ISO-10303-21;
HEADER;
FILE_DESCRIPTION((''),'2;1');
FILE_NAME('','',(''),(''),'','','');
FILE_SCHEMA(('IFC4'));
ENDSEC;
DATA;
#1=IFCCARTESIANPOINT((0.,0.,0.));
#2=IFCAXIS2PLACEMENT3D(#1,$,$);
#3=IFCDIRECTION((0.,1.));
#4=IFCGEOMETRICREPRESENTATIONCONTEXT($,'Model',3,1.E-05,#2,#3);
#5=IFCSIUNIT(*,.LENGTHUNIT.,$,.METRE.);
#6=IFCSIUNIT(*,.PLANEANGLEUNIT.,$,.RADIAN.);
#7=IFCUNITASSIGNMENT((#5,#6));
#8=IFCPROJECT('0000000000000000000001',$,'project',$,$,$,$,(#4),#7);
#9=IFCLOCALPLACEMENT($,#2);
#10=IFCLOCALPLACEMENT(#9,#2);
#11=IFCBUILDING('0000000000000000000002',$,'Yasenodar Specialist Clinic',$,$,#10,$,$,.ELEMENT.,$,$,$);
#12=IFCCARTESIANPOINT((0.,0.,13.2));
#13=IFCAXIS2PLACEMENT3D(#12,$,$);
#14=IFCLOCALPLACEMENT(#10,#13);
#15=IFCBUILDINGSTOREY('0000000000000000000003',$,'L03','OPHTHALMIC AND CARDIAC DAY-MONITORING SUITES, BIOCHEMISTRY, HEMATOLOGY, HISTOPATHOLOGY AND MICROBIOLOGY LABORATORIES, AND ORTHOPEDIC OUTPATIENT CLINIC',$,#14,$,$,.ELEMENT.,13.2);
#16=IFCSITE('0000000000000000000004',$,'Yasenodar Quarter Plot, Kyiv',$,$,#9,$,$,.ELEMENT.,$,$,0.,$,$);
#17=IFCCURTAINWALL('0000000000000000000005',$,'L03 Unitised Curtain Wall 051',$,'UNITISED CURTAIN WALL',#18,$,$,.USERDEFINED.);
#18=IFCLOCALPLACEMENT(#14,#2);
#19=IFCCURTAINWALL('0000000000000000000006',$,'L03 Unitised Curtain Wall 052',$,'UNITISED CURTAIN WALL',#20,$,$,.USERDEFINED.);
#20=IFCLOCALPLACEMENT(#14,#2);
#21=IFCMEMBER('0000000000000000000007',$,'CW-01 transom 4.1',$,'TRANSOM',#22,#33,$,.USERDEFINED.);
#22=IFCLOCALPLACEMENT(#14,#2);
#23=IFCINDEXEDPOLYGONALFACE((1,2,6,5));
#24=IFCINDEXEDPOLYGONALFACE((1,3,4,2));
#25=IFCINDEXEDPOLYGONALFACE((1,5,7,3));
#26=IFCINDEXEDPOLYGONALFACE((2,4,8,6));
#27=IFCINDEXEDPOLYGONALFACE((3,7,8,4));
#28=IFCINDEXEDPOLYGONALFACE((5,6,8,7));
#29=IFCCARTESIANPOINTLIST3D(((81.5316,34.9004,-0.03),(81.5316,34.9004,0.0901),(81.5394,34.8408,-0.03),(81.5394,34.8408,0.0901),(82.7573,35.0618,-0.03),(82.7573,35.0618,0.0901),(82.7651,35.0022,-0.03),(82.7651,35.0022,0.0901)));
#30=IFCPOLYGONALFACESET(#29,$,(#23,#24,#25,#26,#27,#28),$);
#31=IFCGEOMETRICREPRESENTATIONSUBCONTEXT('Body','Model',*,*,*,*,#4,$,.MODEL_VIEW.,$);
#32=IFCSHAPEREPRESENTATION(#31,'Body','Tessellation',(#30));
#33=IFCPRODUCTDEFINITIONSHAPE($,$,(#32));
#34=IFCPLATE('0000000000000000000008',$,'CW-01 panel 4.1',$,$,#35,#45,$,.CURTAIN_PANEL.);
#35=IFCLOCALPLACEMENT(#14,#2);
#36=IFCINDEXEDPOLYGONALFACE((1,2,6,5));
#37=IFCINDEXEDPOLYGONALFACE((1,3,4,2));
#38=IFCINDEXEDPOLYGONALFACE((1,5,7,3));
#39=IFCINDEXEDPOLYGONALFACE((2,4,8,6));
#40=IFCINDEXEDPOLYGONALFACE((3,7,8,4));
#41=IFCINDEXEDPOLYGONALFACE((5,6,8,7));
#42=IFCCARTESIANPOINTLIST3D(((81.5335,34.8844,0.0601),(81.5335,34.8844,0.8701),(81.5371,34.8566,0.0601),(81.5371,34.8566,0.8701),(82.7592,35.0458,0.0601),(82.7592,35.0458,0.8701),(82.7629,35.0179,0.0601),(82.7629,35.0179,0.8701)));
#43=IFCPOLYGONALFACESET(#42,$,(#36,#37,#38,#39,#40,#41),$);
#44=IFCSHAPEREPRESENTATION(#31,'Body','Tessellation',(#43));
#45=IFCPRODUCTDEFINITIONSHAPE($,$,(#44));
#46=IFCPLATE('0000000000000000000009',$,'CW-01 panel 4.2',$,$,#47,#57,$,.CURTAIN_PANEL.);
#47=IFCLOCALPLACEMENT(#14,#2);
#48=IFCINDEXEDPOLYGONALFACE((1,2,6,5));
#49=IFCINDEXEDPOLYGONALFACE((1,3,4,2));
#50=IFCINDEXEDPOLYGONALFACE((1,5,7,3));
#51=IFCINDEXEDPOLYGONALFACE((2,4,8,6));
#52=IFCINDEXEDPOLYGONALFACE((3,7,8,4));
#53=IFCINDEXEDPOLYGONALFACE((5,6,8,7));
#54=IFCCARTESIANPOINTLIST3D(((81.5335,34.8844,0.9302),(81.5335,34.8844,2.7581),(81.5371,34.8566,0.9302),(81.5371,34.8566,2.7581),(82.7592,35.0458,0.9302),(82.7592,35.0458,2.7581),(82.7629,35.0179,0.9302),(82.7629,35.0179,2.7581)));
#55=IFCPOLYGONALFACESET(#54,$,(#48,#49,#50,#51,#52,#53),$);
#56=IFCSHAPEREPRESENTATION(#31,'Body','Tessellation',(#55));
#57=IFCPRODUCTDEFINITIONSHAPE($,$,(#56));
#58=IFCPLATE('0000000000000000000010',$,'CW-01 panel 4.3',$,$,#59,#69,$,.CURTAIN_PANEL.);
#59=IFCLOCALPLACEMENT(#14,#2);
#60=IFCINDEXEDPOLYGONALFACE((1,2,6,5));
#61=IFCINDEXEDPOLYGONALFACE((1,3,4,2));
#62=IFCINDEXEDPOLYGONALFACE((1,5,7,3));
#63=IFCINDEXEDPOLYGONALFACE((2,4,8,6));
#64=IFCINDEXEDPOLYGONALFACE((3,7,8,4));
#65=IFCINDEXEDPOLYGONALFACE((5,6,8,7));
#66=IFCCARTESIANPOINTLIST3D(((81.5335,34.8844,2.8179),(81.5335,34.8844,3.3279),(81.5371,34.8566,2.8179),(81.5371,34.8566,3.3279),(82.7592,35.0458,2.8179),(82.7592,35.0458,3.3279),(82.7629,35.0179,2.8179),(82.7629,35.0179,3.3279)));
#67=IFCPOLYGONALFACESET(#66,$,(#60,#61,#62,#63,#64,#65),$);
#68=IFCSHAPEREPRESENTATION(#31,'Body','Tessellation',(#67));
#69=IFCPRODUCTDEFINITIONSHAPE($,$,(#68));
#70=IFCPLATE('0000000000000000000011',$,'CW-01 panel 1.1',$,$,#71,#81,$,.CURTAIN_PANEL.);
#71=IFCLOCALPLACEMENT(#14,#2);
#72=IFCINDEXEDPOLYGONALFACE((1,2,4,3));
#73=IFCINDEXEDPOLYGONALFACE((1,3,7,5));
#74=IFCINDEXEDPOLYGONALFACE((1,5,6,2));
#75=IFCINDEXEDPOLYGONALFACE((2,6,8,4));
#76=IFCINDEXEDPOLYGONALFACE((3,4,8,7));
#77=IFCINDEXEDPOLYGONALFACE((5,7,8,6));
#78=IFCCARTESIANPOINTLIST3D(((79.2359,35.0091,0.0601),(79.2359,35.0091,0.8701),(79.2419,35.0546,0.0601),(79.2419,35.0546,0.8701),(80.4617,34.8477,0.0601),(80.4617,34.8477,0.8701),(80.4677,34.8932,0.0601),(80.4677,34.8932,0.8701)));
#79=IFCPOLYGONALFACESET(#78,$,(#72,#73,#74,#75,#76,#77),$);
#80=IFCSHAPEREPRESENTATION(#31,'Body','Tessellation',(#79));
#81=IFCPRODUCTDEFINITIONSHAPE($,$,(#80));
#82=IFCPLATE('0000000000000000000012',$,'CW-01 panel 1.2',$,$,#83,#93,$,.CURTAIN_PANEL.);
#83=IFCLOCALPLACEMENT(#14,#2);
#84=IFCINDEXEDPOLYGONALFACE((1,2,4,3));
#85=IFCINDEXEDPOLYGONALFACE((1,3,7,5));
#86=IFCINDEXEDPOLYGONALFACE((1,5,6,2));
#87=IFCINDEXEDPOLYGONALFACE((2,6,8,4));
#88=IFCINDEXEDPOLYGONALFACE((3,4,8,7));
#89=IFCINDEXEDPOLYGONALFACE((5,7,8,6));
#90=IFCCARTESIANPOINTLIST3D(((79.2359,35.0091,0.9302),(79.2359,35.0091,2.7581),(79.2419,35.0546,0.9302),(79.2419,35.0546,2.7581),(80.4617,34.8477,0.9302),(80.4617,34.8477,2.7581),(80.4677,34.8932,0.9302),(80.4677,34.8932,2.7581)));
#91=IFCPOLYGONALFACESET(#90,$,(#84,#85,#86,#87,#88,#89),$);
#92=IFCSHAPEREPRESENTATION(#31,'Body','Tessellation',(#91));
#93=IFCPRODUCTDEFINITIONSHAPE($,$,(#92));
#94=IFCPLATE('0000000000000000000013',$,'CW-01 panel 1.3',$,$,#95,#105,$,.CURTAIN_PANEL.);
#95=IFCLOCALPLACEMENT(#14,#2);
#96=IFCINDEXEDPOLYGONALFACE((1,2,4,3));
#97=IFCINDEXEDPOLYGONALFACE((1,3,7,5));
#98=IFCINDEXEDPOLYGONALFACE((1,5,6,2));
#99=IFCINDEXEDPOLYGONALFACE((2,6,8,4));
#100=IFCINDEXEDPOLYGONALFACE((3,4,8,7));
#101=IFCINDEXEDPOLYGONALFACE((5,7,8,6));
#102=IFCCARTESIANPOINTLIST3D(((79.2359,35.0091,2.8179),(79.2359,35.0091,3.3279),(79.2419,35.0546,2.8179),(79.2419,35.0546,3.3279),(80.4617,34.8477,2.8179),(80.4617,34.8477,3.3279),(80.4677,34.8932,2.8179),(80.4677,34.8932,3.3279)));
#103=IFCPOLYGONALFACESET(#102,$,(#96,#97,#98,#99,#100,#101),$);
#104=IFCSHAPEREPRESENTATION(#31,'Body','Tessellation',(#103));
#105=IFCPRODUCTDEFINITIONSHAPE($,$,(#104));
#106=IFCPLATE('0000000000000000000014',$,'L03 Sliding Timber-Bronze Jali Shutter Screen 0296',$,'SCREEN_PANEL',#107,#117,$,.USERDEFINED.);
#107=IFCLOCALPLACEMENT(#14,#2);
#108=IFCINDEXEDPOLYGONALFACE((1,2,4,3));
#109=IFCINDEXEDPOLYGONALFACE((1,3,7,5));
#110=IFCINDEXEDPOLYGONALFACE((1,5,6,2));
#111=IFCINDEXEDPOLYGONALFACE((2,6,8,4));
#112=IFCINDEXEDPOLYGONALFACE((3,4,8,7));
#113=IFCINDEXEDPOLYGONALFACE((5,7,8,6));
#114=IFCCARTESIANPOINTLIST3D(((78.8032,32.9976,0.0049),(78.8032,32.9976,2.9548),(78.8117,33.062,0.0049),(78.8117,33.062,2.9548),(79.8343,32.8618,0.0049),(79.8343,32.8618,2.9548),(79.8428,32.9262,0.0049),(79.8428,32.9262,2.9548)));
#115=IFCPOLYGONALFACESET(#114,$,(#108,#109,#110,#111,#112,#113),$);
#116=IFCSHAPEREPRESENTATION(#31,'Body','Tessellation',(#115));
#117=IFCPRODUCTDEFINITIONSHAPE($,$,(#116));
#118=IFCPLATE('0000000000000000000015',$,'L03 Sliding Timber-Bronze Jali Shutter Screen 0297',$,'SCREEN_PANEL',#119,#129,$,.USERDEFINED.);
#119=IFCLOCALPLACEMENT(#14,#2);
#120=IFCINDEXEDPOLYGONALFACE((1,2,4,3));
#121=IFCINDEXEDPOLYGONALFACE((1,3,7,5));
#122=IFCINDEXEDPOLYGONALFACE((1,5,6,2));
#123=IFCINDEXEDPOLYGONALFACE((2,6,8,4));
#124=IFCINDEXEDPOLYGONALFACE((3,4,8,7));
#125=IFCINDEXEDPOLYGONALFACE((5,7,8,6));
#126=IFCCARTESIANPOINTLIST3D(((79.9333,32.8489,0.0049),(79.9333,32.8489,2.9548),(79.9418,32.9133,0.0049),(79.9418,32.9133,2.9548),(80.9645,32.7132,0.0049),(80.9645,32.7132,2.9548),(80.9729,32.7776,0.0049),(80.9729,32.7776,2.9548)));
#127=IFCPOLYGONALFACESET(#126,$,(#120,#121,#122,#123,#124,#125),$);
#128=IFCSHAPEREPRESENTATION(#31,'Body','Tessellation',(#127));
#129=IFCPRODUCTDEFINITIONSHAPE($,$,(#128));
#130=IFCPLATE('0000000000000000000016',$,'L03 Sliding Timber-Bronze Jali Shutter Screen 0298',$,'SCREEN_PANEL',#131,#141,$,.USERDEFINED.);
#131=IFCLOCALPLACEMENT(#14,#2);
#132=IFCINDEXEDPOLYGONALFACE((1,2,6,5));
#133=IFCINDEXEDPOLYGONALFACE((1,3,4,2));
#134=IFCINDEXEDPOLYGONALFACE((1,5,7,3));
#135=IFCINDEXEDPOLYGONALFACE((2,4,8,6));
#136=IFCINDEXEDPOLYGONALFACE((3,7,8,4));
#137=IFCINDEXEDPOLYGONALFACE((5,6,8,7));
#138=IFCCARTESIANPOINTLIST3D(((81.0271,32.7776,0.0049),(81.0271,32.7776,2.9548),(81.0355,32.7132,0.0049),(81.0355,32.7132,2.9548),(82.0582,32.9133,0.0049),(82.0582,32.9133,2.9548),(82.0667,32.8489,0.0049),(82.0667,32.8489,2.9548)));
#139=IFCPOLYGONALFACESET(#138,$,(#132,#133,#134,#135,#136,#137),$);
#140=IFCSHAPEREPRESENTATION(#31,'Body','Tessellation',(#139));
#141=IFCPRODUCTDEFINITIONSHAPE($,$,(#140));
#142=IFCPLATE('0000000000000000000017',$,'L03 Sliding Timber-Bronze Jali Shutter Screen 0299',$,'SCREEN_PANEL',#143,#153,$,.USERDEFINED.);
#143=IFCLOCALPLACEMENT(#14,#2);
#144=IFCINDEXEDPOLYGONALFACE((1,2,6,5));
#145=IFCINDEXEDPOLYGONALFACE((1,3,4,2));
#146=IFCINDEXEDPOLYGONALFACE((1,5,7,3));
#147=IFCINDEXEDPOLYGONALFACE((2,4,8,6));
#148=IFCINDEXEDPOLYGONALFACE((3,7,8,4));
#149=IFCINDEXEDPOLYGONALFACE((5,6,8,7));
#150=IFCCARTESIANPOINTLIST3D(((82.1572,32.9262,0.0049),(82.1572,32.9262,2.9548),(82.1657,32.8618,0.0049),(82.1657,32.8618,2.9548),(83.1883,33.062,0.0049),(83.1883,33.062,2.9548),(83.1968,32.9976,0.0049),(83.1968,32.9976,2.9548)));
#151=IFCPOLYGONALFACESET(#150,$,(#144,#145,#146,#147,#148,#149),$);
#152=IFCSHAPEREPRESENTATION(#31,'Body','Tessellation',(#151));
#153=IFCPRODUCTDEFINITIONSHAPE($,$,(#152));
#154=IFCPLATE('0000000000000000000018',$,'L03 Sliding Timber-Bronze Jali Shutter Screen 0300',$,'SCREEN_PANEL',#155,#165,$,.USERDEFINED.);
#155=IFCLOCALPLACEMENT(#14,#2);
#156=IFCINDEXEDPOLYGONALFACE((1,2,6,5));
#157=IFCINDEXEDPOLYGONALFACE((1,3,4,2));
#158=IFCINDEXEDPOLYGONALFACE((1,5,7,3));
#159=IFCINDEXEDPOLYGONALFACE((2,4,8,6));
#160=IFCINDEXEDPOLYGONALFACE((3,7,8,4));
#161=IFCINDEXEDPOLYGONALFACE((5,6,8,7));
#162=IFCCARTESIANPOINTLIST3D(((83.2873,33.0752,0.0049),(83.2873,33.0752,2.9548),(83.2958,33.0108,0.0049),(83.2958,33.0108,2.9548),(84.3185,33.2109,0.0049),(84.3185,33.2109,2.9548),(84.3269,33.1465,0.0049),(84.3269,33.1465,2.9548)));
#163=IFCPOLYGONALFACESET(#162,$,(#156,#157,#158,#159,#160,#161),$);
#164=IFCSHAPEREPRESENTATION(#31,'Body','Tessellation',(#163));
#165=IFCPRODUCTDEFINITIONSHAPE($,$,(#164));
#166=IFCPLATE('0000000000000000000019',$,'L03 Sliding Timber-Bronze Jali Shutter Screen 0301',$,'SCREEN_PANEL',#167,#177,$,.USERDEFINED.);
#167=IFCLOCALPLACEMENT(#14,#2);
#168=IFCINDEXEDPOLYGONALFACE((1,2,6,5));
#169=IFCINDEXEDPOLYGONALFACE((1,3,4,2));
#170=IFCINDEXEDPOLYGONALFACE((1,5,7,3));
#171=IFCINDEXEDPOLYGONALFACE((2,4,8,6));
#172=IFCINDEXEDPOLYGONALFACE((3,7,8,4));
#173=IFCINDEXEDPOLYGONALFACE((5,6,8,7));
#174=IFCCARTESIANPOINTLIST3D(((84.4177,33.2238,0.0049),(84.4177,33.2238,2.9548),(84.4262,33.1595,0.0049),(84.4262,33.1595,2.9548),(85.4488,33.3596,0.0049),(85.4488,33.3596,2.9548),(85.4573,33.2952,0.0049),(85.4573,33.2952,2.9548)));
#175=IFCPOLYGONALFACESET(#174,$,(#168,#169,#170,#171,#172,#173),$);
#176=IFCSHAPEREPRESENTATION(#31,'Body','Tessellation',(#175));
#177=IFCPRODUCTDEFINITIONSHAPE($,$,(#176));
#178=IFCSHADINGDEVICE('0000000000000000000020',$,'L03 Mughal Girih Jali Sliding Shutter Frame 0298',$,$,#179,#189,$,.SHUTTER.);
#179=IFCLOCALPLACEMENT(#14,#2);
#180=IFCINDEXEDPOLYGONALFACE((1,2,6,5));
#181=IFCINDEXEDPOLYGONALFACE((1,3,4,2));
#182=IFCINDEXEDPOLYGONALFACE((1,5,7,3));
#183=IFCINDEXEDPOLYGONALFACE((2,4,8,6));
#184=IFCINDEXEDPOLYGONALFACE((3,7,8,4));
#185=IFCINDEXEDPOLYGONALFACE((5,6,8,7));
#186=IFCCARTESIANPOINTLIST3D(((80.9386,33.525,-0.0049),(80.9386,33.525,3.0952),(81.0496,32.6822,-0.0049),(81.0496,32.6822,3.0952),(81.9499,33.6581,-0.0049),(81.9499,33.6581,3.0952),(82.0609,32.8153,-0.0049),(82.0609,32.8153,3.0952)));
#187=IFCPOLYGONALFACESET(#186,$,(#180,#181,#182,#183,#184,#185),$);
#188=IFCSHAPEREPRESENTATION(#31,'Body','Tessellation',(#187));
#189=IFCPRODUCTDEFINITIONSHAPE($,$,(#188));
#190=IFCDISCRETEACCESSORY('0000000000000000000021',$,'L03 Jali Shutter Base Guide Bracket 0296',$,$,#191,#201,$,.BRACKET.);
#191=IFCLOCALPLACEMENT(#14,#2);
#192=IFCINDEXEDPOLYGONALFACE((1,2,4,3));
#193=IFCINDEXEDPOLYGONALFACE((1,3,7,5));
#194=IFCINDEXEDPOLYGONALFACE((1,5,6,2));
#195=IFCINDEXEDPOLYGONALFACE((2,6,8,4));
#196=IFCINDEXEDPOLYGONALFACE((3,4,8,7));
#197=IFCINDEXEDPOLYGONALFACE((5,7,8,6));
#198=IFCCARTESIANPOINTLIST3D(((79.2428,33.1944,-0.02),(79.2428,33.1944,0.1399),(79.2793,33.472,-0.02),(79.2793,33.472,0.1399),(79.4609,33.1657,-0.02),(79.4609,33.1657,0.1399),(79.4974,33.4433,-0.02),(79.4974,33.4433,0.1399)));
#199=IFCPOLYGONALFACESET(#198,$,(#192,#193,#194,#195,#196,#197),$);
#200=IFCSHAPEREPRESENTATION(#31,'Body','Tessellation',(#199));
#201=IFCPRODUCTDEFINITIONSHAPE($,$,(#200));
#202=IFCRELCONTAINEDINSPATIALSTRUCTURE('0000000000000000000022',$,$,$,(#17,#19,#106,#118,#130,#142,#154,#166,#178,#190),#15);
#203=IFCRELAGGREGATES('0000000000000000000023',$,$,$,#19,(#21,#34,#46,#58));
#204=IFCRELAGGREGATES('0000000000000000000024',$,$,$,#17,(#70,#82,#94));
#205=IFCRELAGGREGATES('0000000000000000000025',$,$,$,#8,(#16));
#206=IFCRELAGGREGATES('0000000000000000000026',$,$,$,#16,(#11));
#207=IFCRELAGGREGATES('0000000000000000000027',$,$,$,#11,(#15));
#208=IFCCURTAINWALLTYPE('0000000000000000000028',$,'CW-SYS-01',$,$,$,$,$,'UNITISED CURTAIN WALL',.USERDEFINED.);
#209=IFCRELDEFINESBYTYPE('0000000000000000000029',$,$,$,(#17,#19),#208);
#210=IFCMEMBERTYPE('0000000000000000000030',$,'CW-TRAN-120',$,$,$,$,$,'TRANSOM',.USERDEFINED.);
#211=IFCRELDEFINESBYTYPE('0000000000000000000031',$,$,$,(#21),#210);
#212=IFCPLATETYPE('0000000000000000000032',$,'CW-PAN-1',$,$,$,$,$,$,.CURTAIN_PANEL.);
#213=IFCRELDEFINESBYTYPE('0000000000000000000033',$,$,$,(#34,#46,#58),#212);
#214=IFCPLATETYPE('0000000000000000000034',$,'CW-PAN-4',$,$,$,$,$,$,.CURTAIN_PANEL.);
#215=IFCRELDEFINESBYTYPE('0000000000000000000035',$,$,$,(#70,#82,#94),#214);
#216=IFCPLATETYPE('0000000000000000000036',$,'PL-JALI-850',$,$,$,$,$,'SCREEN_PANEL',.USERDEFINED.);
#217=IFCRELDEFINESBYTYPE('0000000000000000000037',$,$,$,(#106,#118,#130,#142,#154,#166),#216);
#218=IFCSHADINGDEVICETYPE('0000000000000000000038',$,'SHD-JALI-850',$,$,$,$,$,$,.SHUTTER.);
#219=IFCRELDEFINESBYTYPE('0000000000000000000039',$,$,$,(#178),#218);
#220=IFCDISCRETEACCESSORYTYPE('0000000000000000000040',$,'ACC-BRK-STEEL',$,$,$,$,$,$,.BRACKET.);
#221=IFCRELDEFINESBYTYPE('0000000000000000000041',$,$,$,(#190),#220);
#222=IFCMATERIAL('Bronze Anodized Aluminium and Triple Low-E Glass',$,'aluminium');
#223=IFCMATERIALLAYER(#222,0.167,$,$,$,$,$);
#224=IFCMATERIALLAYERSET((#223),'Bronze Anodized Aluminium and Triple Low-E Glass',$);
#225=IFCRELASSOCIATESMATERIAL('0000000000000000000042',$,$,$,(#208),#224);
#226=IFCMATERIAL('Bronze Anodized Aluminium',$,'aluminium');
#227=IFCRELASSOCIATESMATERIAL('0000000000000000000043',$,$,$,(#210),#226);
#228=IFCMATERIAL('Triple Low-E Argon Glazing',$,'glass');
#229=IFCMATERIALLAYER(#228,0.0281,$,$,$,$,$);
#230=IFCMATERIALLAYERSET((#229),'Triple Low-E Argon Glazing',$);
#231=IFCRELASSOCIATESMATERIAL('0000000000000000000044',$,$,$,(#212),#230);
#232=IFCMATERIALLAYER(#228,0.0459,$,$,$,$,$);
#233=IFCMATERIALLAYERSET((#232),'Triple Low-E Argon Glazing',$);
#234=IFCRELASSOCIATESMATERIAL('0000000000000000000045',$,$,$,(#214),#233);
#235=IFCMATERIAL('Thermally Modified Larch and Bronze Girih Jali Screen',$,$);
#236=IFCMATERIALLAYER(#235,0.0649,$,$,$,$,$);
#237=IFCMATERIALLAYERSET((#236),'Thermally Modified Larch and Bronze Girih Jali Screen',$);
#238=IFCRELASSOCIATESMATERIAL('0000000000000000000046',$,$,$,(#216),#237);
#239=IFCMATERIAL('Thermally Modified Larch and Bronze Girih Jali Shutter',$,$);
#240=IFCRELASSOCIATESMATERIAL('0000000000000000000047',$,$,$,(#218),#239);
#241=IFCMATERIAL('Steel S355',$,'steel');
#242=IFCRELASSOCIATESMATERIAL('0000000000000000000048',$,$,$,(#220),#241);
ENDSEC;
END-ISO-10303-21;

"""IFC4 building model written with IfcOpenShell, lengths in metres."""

from ifc_helpers import new_model, si_unit, direction, frame, origin, origin_2d, place, context, subcontext, project, spatial, rectangle, extrude, material, layer, layer_set, material_profile, profile_set, type_object, element, aggregate, save


model = new_model("IFC4")

# Units and contexts
model_context = context("Model", 3, precision=1e-05, world=origin(), true_north=direction((0.0, 1.0)))
body_context = subcontext(model_context, "Body", "Model", "MODEL_VIEW")
ifc_project = project(units=[si_unit("LENGTHUNIT", "METRE"), si_unit("PLANEANGLEUNIT", "RADIAN")], contexts=[model_context])

# Site, building, storey
site_placement = place(None, origin())
site = spatial("IfcSite", under=ifc_project, at=site_placement, Name="Yasenodar Quarter Plot, Kyiv", CompositionType="ELEMENT", RefElevation=0.0)
building_placement = place(site_placement, origin())
building = spatial("IfcBuilding", under=site, at=building_placement, Name="Yasenodar Specialist Clinic", CompositionType="ELEMENT")
storey_placement = place(building_placement, frame((0.0, 0.0, 13.2)))
storey = spatial("IfcBuildingStorey", under=building, at=storey_placement, Name="L03", Description="OPHTHALMIC AND CARDIAC DAY-MONITORING SUITES, BIOCHEMISTRY, HEMATOLOGY, HISTOPATHOLOGY AND MICROBIOLOGY LABORATORIES, AND ORTHOPEDIC OUTPATIENT CLINIC", CompositionType="ELEMENT", Elevation=13.2)

# Shared definitions
ifc_material_1 = material(Name="Steel S355", Category="steel")

# Curtain walls
ifc_material_2 = material(Name="Bronze Anodized Aluminium and Triple Low-E Glass", Category="aluminium")
ifc_layer_1 = layer(ifc_material_2, 0.167)
ifc_layer_set_1 = layer_set([ifc_layer_1], Name="Bronze Anodized Aluminium and Triple Low-E Glass")
curtain_wall_type = type_object("IfcCurtainWallType", Name="CW-SYS-01", ElementType="UNITISED CURTAIN WALL", PredefinedType="USERDEFINED", material=ifc_layer_set_1)
curtain_wall_1_placement = place(storey_placement, origin())
curtain_wall_1 = element("IfcCurtainWall", 1, at=curtain_wall_1_placement, inside=storey, type_object=curtain_wall_type, Name="L03 Unitised Curtain Wall 051", ObjectType="UNITISED CURTAIN WALL", PredefinedType="USERDEFINED")
ifc_material_3 = material(Name="Bronze Anodized Aluminium", Category="aluminium")
curtain_wall_2_placement = place(storey_placement, origin())
curtain_wall_2 = element("IfcCurtainWall", 2, at=curtain_wall_2_placement, inside=storey, type_object=curtain_wall_type, Name="L03 Unitised Curtain Wall 052", ObjectType="UNITISED CURTAIN WALL", PredefinedType="USERDEFINED")

# Member
ifc_material_profile_1 = material_profile(ifc_material_3, rectangle(XDim=0.0601, YDim=0.1201, at=origin_2d()), Name="CW-TRAN 60x120")
ifc_profile_set_1 = profile_set([ifc_material_profile_1], Name="Bronze Anodized Aluminium")
member_type_1 = type_object("IfcMemberType", Name="CW-TRAN-120", ElementType="TRANSOM", PredefinedType="USERDEFINED", material=ifc_profile_set_1)
member_1_placement = place(storey_placement, frame((82.7612, 35.032, 0.03), z_axis=(-0.991446, -0.130521, 0.0), x_axis=(0.130521, -0.991446, 0.0)))
member_1 = element("IfcMember", 3, at=member_1_placement, type_object=member_type_1, Name="CW-01 transom 4.1", ObjectType="TRANSOM", PredefinedType="USERDEFINED", context=body_context, shape_type="SweptSolid", body=[
    extrude(rectangle(XDim=0.0601, YDim=0.1201, at=origin_2d()), origin(), (0.0, 0.0, 1.0), 1.2363),
])

# Plates
ifc_material_4 = material(Name="Triple Low-E Argon Glazing", Category="glass")
ifc_layer_2 = layer(ifc_material_4, 0.0281)
ifc_layer_set_2 = layer_set([ifc_layer_2], Name="Triple Low-E Argon Glazing")
plate_type_1 = type_object("IfcPlateType", Name="CW-PAN-1", PredefinedType="CURTAIN_PANEL", material=ifc_layer_set_2)
plate_1_placement = place(storey_placement, frame((82.1482, 34.9512, 0.0601), z_axis=(0.0, 0.0, 1.0), x_axis=(-0.991447, -0.130512, 0.0)))
plate_1 = element("IfcPlate", 4, at=plate_1_placement, type_object=plate_type_1, Name="CW-01 panel 4.1", PredefinedType="CURTAIN_PANEL", context=body_context, shape_type="SweptSolid", body=[
    extrude(rectangle(XDim=1.2363, YDim=0.0281, at=origin_2d()), origin(), (0.0, 0.0, 1.0), 0.8101),
])
plate_2_placement = place(storey_placement, frame((82.1482, 34.9512, 0.9302), z_axis=(0.0, 0.0, 1.0), x_axis=(-0.991447, -0.130512, 0.0)))
plate_2 = element("IfcPlate", 5, at=plate_2_placement, type_object=plate_type_1, Name="CW-01 panel 4.2", PredefinedType="CURTAIN_PANEL", context=body_context, shape_type="SweptSolid", body=[
    extrude(rectangle(XDim=1.2363, YDim=0.0281, at=origin_2d()), origin(), (0.0, 0.0, 1.0), 1.8279),
])
plate_3_placement = place(storey_placement, frame((82.1482, 34.9512, 2.8179), z_axis=(0.0, 0.0, 1.0), x_axis=(-0.991447, -0.130512, 0.0)))
plate_3 = element("IfcPlate", 6, at=plate_3_placement, type_object=plate_type_1, Name="CW-01 panel 4.3", PredefinedType="CURTAIN_PANEL", context=body_context, shape_type="SweptSolid", body=[
    extrude(rectangle(XDim=1.2363, YDim=0.0281, at=origin_2d()), origin(), (0.0, 0.0, 1.0), 0.51),
])
aggregate(curtain_wall_2, [member_1, plate_1, plate_2, plate_3])
ifc_layer_3 = layer(ifc_material_4, 0.0459)
ifc_layer_set_3 = layer_set([ifc_layer_3], Name="Triple Low-E Argon Glazing")
plate_type_2 = type_object("IfcPlateType", Name="CW-PAN-4", PredefinedType="CURTAIN_PANEL", material=ifc_layer_set_3)
plate_4_placement = place(storey_placement, frame((79.8518, 34.9512, 0.0601), z_axis=(0.0, 0.0, 1.0), x_axis=(-0.991447, 0.130512, 0.0)))
plate_4 = element("IfcPlate", 7, at=plate_4_placement, type_object=plate_type_2, Name="CW-01 panel 1.1", PredefinedType="CURTAIN_PANEL", context=body_context, shape_type="SweptSolid", body=[
    extrude(rectangle(XDim=1.2363, YDim=0.0459, at=origin_2d()), origin(), (0.0, 0.0, 1.0), 0.8101),
])
plate_5_placement = place(storey_placement, frame((79.8518, 34.9512, 0.9302), z_axis=(0.0, 0.0, 1.0), x_axis=(-0.991447, 0.130512, 0.0)))
plate_5 = element("IfcPlate", 8, at=plate_5_placement, type_object=plate_type_2, Name="CW-01 panel 1.2", PredefinedType="CURTAIN_PANEL", context=body_context, shape_type="SweptSolid", body=[
    extrude(rectangle(XDim=1.2363, YDim=0.0459, at=origin_2d()), origin(), (0.0, 0.0, 1.0), 1.8279),
])
plate_6_placement = place(storey_placement, frame((79.8518, 34.9512, 2.8179), z_axis=(0.0, 0.0, 1.0), x_axis=(-0.991447, 0.130512, 0.0)))
plate_6 = element("IfcPlate", 9, at=plate_6_placement, type_object=plate_type_2, Name="CW-01 panel 1.3", PredefinedType="CURTAIN_PANEL", context=body_context, shape_type="SweptSolid", body=[
    extrude(rectangle(XDim=1.2363, YDim=0.0459, at=origin_2d()), origin(), (0.0, 0.0, 1.0), 0.51),
])
aggregate(curtain_wall_1, [plate_4, plate_5, plate_6])

# Plates
ifc_material_5 = material(Name="Thermally Modified Larch and Bronze Girih Jali Screen")
ifc_layer_4 = layer(ifc_material_5, 0.0649)
ifc_layer_set_4 = layer_set([ifc_layer_4], Name="Thermally Modified Larch and Bronze Girih Jali Screen")
plate_type_3 = type_object("IfcPlateType", Name="PL-JALI-850", ElementType="SCREEN_PANEL", PredefinedType="USERDEFINED", material=ifc_layer_set_4)
for number, where, z_axis, x_axis, name in (
    (10, (79.323, 32.9619, 0.0049), (0.0, 0.0, 1.0), (0.991446, -0.130519, 0.0), "L03 Sliding Timber-Bronze Jali Shutter Screen 0296"),
    (11, (80.4531, 32.8132, 0.0049), (0.0, 0.0, 1.0), (0.991446, -0.130519, 0.0), "L03 Sliding Timber-Bronze Jali Shutter Screen 0297"),
    (12, (81.5469, 32.8132, 0.0049), (0.0, 0.0, 1.0), (0.991446, 0.130519, 0.0), "L03 Sliding Timber-Bronze Jali Shutter Screen 0298"),
    (13, (82.677, 32.9619, 0.0049), (0.0, 0.0, 1.0), (0.991446, 0.130519, 0.0), "L03 Sliding Timber-Bronze Jali Shutter Screen 0299"),
    (14, (83.8071, 33.1108, 0.0049), (0.0, 0.0, 1.0), (0.991446, 0.130519, 0.0), "L03 Sliding Timber-Bronze Jali Shutter Screen 0300"),
    (15, (84.9375, 33.2595, 0.0049), (0.0, 0.0, 1.0), (0.991446, 0.130519, 0.0), "L03 Sliding Timber-Bronze Jali Shutter Screen 0301"),
):
    element("IfcPlate", number, at=place(storey_placement, frame(where, z_axis=z_axis, x_axis=x_axis)), inside=storey, type_object=plate_type_3, Name=name, ObjectType="SCREEN_PANEL", PredefinedType="USERDEFINED", context=body_context, shape_type="SweptSolid", body=[
        extrude(rectangle(XDim=1.04, YDim=0.0649, at=origin_2d()), origin(), (0.0, 0.0, 1.0), 2.95),
    ])

# Shading device
ifc_material_6 = material(Name="Thermally Modified Larch and Bronze Girih Jali Shutter")
shading_device_type = type_object("IfcShadingDeviceType", Name="SHD-JALI-850", PredefinedType="SHUTTER", material=ifc_material_6)
shading_device_placement = place(storey_placement, frame((81.4998, 33.1702, -0.0049), z_axis=(0.0, 0.0, 1.0), x_axis=(0.991446, 0.130519, 0.0)))
element("IfcShadingDevice", 16, at=shading_device_placement, inside=storey, type_object=shading_device_type, Name="L03 Mughal Girih Jali Sliding Shutter Frame 0298", PredefinedType="SHUTTER", context=body_context, shape_type="SweptSolid", body=[
    extrude(rectangle(XDim=1.02, YDim=0.8501, at=origin_2d()), origin(), (0.0, 0.0, 1.0), 3.1001),
])

# Discrete accessory
discrete_accessory_type = type_object("IfcDiscreteAccessoryType", Name="ACC-BRK-STEEL", PredefinedType="BRACKET", material=ifc_material_1)
for number, where, z_axis, x_axis, name in (
    (17, (79.3701, 33.3188, -0.02), (0.0, 0.0, 1.0), (0.991446, -0.130519, 0.0), "L03 Jali Shutter Base Guide Bracket 0296"),
):
    element("IfcDiscreteAccessory", number, at=place(storey_placement, frame(where, z_axis=z_axis, x_axis=x_axis)), inside=storey, type_object=discrete_accessory_type, Name=name, PredefinedType="BRACKET", context=body_context, shape_type="SweptSolid", body=[
        extrude(rectangle(XDim=0.22, YDim=0.28, at=origin_2d()), origin(), (0.0, 0.0, 1.0), 0.1599),
    ])

save(model, "model.ifc")
